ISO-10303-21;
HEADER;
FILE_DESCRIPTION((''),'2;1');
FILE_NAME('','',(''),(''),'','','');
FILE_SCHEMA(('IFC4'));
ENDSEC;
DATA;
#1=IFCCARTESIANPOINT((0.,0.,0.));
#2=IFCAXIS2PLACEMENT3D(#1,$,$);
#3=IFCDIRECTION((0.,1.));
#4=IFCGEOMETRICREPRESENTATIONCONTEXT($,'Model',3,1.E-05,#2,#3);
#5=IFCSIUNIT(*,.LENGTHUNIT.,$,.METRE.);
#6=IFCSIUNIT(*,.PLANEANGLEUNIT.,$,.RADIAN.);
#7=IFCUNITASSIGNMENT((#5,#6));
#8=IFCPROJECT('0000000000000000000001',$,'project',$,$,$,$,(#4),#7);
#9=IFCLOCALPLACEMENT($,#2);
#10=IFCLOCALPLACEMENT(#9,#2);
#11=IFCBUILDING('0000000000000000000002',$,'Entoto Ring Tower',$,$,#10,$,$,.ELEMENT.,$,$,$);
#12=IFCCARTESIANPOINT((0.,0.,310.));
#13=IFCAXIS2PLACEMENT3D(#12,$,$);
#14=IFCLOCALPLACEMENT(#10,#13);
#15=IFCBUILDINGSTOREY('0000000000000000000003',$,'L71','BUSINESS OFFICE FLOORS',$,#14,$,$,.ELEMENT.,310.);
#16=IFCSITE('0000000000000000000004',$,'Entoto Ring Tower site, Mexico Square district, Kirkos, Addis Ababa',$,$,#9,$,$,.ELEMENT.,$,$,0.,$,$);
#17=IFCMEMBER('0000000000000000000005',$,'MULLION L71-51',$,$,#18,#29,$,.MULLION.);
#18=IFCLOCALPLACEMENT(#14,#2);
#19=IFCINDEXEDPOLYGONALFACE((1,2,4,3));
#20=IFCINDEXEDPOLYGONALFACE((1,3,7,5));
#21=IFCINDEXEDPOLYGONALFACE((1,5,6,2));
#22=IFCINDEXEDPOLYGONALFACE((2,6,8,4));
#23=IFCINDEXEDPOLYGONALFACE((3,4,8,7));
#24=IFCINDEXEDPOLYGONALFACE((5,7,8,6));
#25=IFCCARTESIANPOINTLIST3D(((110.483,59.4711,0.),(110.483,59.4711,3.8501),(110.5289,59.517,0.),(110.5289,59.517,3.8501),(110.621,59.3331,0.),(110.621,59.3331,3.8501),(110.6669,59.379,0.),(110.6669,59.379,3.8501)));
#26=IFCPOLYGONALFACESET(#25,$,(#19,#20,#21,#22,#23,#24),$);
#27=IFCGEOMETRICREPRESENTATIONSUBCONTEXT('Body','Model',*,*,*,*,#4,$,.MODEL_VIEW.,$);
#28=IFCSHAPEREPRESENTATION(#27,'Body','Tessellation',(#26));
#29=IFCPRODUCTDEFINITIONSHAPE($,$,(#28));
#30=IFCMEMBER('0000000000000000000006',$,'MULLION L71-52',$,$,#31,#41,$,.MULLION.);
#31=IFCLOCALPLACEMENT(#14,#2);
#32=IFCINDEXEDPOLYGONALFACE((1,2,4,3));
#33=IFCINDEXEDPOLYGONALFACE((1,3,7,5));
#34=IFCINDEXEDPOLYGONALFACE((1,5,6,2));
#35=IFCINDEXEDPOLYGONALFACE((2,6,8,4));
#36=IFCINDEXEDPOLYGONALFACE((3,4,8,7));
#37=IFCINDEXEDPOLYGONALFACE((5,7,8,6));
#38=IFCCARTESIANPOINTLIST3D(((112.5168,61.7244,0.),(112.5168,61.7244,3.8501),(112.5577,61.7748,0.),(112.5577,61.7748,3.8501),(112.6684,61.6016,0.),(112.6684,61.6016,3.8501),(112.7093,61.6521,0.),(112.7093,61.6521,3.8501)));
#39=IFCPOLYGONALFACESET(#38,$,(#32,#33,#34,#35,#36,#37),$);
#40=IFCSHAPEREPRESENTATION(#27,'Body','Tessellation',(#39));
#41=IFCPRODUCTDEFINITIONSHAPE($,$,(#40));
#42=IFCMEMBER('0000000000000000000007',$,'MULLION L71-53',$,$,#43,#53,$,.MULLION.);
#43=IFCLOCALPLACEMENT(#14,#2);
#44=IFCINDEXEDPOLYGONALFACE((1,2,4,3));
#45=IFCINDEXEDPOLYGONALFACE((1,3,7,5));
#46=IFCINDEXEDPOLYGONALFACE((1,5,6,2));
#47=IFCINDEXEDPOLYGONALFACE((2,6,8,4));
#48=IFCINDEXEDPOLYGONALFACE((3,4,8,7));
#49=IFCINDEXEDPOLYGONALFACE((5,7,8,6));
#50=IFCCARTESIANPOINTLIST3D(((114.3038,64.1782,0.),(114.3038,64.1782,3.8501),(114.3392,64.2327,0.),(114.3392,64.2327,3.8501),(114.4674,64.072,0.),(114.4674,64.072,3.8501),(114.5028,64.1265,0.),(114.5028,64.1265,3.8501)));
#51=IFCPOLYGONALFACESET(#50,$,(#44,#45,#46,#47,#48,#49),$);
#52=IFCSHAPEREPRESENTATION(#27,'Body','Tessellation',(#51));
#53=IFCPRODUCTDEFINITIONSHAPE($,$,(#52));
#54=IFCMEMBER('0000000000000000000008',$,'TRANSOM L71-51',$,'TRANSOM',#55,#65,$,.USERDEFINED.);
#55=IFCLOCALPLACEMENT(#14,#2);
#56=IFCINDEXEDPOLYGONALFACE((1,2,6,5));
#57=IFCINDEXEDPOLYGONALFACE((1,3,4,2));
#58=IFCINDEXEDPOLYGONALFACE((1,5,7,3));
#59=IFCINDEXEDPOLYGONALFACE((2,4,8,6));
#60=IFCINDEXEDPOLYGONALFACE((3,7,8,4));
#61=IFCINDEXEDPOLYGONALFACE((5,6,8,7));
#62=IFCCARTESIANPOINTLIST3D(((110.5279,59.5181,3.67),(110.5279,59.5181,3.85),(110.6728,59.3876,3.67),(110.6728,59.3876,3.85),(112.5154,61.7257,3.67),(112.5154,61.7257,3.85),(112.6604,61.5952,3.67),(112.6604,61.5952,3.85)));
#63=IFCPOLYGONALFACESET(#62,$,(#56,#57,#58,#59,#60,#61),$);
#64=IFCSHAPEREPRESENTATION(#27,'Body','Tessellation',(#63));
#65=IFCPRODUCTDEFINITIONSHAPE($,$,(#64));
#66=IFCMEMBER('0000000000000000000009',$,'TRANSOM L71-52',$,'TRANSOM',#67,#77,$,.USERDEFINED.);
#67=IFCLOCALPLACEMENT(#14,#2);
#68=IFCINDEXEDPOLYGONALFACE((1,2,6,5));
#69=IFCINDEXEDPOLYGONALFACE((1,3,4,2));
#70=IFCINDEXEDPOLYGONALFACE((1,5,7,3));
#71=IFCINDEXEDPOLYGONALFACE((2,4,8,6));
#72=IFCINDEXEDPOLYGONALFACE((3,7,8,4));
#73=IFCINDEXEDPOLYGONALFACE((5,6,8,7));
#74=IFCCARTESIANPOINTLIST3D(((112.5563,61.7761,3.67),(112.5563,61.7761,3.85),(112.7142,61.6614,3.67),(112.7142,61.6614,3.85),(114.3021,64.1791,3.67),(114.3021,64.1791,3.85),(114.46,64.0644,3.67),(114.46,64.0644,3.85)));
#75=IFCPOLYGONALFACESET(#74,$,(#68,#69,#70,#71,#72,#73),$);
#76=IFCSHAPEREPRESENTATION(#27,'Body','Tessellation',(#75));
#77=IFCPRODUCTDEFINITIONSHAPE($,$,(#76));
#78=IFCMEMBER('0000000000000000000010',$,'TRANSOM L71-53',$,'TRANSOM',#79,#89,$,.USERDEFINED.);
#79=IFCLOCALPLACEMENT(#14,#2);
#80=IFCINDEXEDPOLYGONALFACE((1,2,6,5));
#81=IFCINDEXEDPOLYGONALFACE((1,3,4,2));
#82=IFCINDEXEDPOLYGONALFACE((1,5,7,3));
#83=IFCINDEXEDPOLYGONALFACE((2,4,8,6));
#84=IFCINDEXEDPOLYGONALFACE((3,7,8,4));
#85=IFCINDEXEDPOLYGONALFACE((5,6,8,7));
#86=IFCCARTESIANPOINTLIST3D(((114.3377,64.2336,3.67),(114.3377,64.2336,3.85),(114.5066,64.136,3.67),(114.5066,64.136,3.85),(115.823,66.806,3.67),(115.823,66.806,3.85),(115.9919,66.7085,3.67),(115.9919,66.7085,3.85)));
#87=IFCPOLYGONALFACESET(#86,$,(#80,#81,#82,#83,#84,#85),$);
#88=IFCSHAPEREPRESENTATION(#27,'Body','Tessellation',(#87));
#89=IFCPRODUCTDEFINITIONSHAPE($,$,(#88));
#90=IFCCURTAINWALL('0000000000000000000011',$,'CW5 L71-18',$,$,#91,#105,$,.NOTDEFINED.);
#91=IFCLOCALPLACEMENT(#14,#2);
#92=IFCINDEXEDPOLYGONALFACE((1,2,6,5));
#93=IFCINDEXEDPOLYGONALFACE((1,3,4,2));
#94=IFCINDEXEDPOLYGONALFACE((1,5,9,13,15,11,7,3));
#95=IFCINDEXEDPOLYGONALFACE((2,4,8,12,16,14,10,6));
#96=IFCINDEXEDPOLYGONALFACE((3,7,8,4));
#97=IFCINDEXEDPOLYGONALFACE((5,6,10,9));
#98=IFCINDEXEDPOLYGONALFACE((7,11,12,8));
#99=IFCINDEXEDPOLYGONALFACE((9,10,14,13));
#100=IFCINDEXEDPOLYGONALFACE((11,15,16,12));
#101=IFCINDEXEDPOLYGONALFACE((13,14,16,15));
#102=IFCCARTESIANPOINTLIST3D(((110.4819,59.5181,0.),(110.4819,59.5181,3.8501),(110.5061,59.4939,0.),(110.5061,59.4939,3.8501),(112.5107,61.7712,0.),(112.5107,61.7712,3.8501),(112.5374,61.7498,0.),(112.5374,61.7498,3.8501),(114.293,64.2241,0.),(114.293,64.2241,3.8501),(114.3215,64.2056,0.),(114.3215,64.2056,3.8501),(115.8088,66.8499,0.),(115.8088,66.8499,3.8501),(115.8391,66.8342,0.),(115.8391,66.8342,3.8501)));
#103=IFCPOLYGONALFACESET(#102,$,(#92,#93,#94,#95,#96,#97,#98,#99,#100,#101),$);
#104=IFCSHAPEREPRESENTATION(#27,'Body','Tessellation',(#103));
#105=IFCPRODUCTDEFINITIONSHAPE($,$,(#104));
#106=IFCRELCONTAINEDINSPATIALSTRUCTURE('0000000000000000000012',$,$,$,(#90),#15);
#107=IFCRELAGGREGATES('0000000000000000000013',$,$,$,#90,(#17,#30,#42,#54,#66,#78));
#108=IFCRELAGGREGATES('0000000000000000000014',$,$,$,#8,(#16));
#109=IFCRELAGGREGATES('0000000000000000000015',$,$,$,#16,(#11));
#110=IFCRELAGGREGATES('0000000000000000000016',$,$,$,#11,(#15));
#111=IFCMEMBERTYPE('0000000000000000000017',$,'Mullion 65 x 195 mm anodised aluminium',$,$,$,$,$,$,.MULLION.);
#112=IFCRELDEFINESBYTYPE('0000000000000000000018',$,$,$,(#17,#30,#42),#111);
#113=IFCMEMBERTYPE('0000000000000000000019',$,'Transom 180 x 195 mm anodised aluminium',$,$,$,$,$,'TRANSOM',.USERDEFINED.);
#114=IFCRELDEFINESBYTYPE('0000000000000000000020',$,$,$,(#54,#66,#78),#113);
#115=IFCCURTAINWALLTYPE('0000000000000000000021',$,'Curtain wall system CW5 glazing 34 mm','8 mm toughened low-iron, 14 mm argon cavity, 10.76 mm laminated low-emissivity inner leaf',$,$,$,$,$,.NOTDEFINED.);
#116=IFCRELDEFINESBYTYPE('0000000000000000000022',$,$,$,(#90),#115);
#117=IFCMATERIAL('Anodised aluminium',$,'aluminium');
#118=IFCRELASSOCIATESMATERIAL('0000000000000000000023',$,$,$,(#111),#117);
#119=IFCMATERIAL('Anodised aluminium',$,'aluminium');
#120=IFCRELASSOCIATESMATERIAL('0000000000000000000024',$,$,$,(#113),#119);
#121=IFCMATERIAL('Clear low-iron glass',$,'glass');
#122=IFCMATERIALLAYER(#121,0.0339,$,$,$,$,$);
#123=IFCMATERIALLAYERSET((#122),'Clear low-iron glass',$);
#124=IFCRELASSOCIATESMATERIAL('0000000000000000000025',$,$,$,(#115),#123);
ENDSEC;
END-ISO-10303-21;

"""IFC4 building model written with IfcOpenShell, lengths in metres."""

from ifc_helpers import new_model, si_unit, direction, frame, origin, origin_2d, place, context, subcontext, project, spatial, polyline, rectangle, outline, extrude, material, layer, layer_set, material_profile, profile_set, type_object, element, aggregate, save


model = new_model("IFC4")

# Units and contexts
model_context = context("Model", 3, precision=1e-05, world=origin(), true_north=direction((0.0, 1.0)))
body_context = subcontext(model_context, "Body", "Model", "MODEL_VIEW")
ifc_project = project(units=[si_unit("LENGTHUNIT", "METRE"), si_unit("PLANEANGLEUNIT", "RADIAN")], contexts=[model_context])

# Members
ifc_material_1 = material(Name="Anodised aluminium", Category="aluminium")
ifc_material_profile_1 = material_profile(ifc_material_1, rectangle(XDim=0.0649, YDim=0.1951, at=origin_2d()), Name="Mullion 65 x 195 mm anodised aluminium")
ifc_profile_set_1 = profile_set([ifc_material_profile_1], Name="Anodised aluminium")
member_type_1 = type_object("IfcMemberType", Name="Mullion 65 x 195 mm anodised aluminium", PredefinedType="MULLION", material=ifc_profile_set_1)
site_placement = place(None, origin())
building_placement = place(site_placement, origin())
storey_placement = place(building_placement, frame((0.0, 0.0, 310.0)))
member_1_placement = place(storey_placement, frame((110.575, 59.425, 0.0), z_axis=(0.0, 0.0, 1.0), x_axis=(0.707107, 0.707107, 0.0)))
member_1 = element("IfcMember", 1, at=member_1_placement, type_object=member_type_1, Name="MULLION L71-51", PredefinedType="MULLION", context=body_context, shape_type="SweptSolid", body=[
    extrude(rectangle(XDim=0.0649, YDim=0.1951, at=origin_2d()), origin(), (0.0, 0.0, 1.0), 3.8501),
])
member_2_placement = place(storey_placement, frame((112.613, 61.6882, 0.0), z_axis=(0.0, 0.0, 1.0), x_axis=(0.62932, 0.777146, 0.0)))
member_2 = element("IfcMember", 2, at=member_2_placement, type_object=member_type_1, Name="MULLION L71-52", PredefinedType="MULLION", context=body_context, shape_type="SweptSolid", body=[
    extrude(rectangle(XDim=0.0649, YDim=0.1951, at=origin_2d()), origin(), (0.0, 0.0, 1.0), 3.8501),
])
member_3_placement = place(storey_placement, frame((114.4033, 64.1523, 0.0), z_axis=(0.0, 0.0, 1.0), x_axis=(0.544639, 0.838671, 0.0)))
member_3 = element("IfcMember", 3, at=member_3_placement, type_object=member_type_1, Name="MULLION L71-53", PredefinedType="MULLION", context=body_context, shape_type="SweptSolid", body=[
    extrude(rectangle(XDim=0.0649, YDim=0.1951, at=origin_2d()), origin(), (0.0, 0.0, 1.0), 3.8501),
])
ifc_material_2 = material(Name="Anodised aluminium", Category="aluminium")
ifc_material_profile_2 = material_profile(ifc_material_2, rectangle(XDim=0.1951, YDim=0.1799, at=origin_2d()), Name="Transom 180 x 195 mm anodised aluminium")
ifc_profile_set_2 = profile_set([ifc_material_profile_2], Name="Anodised aluminium")
member_type_2 = type_object("IfcMemberType", Name="Transom 180 x 195 mm anodised aluminium", ElementType="TRANSOM", PredefinedType="USERDEFINED", material=ifc_profile_set_2)
member_4_placement = place(storey_placement, frame((110.6003, 59.4529, 3.76), z_axis=(0.66911, 0.743163, 0.0), x_axis=(-0.743163, 0.66911, 0.0)))
member_4 = element("IfcMember", 4, at=member_4_placement, type_object=member_type_2, Name="TRANSOM L71-51", ObjectType="TRANSOM", PredefinedType="USERDEFINED", context=body_context, shape_type="SweptSolid", body=[
    extrude(rectangle(XDim=0.1951, YDim=0.1799, at=origin_2d()), origin(), (0.0, 0.0, 1.0), 2.9705),
])
member_5_placement = place(storey_placement, frame((112.6353, 61.7188, 3.76), z_axis=(0.587766, 0.809031, 0.0), x_axis=(-0.809031, 0.587766, 0.0)))
member_5 = element("IfcMember", 5, at=member_5_placement, type_object=member_type_2, Name="TRANSOM L71-52", ObjectType="TRANSOM", PredefinedType="USERDEFINED", context=body_context, shape_type="SweptSolid", body=[
    extrude(rectangle(XDim=0.1951, YDim=0.1799, at=origin_2d()), origin(), (0.0, 0.0, 1.0), 2.9702),
])
member_6_placement = place(storey_placement, frame((114.4221, 64.1848, 3.76), z_axis=(0.500028, 0.866009, 0.0), x_axis=(-0.866009, 0.500028, 0.0)))
member_6 = element("IfcMember", 6, at=member_6_placement, type_object=member_type_2, Name="TRANSOM L71-53", ObjectType="TRANSOM", PredefinedType="USERDEFINED", context=body_context, shape_type="SweptSolid", body=[
    extrude(rectangle(XDim=0.1951, YDim=0.1799, at=origin_2d()), origin(), (0.0, 0.0, 1.0), 2.9705),
])

# Site, building, storey
site = spatial("IfcSite", under=ifc_project, at=site_placement, Name="Entoto Ring Tower site, Mexico Square district, Kirkos, Addis Ababa", CompositionType="ELEMENT", RefElevation=0.0)
building = spatial("IfcBuilding", under=site, at=building_placement, Name="Entoto Ring Tower", CompositionType="ELEMENT")
storey = spatial("IfcBuildingStorey", under=building, at=storey_placement, Name="L71", Description="BUSINESS OFFICE FLOORS", CompositionType="ELEMENT", Elevation=310.0)

# Curtain wall
ifc_material_3 = material(Name="Clear low-iron glass", Category="glass")
ifc_layer_1 = layer(ifc_material_3, 0.0339)
ifc_layer_set_1 = layer_set([ifc_layer_1], Name="Clear low-iron glass")
curtain_wall_type = type_object("IfcCurtainWallType", Name="Curtain wall system CW5 glazing 34 mm", Description="8 mm toughened low-iron, 14 mm argon cavity, 10.76 mm laminated low-emissivity inner leaf", PredefinedType="NOTDEFINED", material=ifc_layer_set_1)
curtain_wall_1_placement = place(storey_placement, origin())
curtain_wall_1 = element("IfcCurtainWall", 7, at=curtain_wall_1_placement, inside=storey, type_object=curtain_wall_type, Name="CW5 L71-18", PredefinedType="NOTDEFINED", context=body_context, shape_type="SweptSolid", body=[
    extrude(outline(polyline([(110.5061, 59.4939), (112.5374, 61.7498), (114.3215, 64.2056), (115.8391, 66.8342), (115.8088, 66.8499), (114.293, 64.2241), (112.5107, 61.7712), (110.4819, 59.5181), (110.5061, 59.4939)])), origin(), (0.0, 0.0, 1.0), 3.8501),
])
aggregate(curtain_wall_1, [member_1, member_2, member_3, member_4, member_5, member_6])

save(model, "model.ifc")
